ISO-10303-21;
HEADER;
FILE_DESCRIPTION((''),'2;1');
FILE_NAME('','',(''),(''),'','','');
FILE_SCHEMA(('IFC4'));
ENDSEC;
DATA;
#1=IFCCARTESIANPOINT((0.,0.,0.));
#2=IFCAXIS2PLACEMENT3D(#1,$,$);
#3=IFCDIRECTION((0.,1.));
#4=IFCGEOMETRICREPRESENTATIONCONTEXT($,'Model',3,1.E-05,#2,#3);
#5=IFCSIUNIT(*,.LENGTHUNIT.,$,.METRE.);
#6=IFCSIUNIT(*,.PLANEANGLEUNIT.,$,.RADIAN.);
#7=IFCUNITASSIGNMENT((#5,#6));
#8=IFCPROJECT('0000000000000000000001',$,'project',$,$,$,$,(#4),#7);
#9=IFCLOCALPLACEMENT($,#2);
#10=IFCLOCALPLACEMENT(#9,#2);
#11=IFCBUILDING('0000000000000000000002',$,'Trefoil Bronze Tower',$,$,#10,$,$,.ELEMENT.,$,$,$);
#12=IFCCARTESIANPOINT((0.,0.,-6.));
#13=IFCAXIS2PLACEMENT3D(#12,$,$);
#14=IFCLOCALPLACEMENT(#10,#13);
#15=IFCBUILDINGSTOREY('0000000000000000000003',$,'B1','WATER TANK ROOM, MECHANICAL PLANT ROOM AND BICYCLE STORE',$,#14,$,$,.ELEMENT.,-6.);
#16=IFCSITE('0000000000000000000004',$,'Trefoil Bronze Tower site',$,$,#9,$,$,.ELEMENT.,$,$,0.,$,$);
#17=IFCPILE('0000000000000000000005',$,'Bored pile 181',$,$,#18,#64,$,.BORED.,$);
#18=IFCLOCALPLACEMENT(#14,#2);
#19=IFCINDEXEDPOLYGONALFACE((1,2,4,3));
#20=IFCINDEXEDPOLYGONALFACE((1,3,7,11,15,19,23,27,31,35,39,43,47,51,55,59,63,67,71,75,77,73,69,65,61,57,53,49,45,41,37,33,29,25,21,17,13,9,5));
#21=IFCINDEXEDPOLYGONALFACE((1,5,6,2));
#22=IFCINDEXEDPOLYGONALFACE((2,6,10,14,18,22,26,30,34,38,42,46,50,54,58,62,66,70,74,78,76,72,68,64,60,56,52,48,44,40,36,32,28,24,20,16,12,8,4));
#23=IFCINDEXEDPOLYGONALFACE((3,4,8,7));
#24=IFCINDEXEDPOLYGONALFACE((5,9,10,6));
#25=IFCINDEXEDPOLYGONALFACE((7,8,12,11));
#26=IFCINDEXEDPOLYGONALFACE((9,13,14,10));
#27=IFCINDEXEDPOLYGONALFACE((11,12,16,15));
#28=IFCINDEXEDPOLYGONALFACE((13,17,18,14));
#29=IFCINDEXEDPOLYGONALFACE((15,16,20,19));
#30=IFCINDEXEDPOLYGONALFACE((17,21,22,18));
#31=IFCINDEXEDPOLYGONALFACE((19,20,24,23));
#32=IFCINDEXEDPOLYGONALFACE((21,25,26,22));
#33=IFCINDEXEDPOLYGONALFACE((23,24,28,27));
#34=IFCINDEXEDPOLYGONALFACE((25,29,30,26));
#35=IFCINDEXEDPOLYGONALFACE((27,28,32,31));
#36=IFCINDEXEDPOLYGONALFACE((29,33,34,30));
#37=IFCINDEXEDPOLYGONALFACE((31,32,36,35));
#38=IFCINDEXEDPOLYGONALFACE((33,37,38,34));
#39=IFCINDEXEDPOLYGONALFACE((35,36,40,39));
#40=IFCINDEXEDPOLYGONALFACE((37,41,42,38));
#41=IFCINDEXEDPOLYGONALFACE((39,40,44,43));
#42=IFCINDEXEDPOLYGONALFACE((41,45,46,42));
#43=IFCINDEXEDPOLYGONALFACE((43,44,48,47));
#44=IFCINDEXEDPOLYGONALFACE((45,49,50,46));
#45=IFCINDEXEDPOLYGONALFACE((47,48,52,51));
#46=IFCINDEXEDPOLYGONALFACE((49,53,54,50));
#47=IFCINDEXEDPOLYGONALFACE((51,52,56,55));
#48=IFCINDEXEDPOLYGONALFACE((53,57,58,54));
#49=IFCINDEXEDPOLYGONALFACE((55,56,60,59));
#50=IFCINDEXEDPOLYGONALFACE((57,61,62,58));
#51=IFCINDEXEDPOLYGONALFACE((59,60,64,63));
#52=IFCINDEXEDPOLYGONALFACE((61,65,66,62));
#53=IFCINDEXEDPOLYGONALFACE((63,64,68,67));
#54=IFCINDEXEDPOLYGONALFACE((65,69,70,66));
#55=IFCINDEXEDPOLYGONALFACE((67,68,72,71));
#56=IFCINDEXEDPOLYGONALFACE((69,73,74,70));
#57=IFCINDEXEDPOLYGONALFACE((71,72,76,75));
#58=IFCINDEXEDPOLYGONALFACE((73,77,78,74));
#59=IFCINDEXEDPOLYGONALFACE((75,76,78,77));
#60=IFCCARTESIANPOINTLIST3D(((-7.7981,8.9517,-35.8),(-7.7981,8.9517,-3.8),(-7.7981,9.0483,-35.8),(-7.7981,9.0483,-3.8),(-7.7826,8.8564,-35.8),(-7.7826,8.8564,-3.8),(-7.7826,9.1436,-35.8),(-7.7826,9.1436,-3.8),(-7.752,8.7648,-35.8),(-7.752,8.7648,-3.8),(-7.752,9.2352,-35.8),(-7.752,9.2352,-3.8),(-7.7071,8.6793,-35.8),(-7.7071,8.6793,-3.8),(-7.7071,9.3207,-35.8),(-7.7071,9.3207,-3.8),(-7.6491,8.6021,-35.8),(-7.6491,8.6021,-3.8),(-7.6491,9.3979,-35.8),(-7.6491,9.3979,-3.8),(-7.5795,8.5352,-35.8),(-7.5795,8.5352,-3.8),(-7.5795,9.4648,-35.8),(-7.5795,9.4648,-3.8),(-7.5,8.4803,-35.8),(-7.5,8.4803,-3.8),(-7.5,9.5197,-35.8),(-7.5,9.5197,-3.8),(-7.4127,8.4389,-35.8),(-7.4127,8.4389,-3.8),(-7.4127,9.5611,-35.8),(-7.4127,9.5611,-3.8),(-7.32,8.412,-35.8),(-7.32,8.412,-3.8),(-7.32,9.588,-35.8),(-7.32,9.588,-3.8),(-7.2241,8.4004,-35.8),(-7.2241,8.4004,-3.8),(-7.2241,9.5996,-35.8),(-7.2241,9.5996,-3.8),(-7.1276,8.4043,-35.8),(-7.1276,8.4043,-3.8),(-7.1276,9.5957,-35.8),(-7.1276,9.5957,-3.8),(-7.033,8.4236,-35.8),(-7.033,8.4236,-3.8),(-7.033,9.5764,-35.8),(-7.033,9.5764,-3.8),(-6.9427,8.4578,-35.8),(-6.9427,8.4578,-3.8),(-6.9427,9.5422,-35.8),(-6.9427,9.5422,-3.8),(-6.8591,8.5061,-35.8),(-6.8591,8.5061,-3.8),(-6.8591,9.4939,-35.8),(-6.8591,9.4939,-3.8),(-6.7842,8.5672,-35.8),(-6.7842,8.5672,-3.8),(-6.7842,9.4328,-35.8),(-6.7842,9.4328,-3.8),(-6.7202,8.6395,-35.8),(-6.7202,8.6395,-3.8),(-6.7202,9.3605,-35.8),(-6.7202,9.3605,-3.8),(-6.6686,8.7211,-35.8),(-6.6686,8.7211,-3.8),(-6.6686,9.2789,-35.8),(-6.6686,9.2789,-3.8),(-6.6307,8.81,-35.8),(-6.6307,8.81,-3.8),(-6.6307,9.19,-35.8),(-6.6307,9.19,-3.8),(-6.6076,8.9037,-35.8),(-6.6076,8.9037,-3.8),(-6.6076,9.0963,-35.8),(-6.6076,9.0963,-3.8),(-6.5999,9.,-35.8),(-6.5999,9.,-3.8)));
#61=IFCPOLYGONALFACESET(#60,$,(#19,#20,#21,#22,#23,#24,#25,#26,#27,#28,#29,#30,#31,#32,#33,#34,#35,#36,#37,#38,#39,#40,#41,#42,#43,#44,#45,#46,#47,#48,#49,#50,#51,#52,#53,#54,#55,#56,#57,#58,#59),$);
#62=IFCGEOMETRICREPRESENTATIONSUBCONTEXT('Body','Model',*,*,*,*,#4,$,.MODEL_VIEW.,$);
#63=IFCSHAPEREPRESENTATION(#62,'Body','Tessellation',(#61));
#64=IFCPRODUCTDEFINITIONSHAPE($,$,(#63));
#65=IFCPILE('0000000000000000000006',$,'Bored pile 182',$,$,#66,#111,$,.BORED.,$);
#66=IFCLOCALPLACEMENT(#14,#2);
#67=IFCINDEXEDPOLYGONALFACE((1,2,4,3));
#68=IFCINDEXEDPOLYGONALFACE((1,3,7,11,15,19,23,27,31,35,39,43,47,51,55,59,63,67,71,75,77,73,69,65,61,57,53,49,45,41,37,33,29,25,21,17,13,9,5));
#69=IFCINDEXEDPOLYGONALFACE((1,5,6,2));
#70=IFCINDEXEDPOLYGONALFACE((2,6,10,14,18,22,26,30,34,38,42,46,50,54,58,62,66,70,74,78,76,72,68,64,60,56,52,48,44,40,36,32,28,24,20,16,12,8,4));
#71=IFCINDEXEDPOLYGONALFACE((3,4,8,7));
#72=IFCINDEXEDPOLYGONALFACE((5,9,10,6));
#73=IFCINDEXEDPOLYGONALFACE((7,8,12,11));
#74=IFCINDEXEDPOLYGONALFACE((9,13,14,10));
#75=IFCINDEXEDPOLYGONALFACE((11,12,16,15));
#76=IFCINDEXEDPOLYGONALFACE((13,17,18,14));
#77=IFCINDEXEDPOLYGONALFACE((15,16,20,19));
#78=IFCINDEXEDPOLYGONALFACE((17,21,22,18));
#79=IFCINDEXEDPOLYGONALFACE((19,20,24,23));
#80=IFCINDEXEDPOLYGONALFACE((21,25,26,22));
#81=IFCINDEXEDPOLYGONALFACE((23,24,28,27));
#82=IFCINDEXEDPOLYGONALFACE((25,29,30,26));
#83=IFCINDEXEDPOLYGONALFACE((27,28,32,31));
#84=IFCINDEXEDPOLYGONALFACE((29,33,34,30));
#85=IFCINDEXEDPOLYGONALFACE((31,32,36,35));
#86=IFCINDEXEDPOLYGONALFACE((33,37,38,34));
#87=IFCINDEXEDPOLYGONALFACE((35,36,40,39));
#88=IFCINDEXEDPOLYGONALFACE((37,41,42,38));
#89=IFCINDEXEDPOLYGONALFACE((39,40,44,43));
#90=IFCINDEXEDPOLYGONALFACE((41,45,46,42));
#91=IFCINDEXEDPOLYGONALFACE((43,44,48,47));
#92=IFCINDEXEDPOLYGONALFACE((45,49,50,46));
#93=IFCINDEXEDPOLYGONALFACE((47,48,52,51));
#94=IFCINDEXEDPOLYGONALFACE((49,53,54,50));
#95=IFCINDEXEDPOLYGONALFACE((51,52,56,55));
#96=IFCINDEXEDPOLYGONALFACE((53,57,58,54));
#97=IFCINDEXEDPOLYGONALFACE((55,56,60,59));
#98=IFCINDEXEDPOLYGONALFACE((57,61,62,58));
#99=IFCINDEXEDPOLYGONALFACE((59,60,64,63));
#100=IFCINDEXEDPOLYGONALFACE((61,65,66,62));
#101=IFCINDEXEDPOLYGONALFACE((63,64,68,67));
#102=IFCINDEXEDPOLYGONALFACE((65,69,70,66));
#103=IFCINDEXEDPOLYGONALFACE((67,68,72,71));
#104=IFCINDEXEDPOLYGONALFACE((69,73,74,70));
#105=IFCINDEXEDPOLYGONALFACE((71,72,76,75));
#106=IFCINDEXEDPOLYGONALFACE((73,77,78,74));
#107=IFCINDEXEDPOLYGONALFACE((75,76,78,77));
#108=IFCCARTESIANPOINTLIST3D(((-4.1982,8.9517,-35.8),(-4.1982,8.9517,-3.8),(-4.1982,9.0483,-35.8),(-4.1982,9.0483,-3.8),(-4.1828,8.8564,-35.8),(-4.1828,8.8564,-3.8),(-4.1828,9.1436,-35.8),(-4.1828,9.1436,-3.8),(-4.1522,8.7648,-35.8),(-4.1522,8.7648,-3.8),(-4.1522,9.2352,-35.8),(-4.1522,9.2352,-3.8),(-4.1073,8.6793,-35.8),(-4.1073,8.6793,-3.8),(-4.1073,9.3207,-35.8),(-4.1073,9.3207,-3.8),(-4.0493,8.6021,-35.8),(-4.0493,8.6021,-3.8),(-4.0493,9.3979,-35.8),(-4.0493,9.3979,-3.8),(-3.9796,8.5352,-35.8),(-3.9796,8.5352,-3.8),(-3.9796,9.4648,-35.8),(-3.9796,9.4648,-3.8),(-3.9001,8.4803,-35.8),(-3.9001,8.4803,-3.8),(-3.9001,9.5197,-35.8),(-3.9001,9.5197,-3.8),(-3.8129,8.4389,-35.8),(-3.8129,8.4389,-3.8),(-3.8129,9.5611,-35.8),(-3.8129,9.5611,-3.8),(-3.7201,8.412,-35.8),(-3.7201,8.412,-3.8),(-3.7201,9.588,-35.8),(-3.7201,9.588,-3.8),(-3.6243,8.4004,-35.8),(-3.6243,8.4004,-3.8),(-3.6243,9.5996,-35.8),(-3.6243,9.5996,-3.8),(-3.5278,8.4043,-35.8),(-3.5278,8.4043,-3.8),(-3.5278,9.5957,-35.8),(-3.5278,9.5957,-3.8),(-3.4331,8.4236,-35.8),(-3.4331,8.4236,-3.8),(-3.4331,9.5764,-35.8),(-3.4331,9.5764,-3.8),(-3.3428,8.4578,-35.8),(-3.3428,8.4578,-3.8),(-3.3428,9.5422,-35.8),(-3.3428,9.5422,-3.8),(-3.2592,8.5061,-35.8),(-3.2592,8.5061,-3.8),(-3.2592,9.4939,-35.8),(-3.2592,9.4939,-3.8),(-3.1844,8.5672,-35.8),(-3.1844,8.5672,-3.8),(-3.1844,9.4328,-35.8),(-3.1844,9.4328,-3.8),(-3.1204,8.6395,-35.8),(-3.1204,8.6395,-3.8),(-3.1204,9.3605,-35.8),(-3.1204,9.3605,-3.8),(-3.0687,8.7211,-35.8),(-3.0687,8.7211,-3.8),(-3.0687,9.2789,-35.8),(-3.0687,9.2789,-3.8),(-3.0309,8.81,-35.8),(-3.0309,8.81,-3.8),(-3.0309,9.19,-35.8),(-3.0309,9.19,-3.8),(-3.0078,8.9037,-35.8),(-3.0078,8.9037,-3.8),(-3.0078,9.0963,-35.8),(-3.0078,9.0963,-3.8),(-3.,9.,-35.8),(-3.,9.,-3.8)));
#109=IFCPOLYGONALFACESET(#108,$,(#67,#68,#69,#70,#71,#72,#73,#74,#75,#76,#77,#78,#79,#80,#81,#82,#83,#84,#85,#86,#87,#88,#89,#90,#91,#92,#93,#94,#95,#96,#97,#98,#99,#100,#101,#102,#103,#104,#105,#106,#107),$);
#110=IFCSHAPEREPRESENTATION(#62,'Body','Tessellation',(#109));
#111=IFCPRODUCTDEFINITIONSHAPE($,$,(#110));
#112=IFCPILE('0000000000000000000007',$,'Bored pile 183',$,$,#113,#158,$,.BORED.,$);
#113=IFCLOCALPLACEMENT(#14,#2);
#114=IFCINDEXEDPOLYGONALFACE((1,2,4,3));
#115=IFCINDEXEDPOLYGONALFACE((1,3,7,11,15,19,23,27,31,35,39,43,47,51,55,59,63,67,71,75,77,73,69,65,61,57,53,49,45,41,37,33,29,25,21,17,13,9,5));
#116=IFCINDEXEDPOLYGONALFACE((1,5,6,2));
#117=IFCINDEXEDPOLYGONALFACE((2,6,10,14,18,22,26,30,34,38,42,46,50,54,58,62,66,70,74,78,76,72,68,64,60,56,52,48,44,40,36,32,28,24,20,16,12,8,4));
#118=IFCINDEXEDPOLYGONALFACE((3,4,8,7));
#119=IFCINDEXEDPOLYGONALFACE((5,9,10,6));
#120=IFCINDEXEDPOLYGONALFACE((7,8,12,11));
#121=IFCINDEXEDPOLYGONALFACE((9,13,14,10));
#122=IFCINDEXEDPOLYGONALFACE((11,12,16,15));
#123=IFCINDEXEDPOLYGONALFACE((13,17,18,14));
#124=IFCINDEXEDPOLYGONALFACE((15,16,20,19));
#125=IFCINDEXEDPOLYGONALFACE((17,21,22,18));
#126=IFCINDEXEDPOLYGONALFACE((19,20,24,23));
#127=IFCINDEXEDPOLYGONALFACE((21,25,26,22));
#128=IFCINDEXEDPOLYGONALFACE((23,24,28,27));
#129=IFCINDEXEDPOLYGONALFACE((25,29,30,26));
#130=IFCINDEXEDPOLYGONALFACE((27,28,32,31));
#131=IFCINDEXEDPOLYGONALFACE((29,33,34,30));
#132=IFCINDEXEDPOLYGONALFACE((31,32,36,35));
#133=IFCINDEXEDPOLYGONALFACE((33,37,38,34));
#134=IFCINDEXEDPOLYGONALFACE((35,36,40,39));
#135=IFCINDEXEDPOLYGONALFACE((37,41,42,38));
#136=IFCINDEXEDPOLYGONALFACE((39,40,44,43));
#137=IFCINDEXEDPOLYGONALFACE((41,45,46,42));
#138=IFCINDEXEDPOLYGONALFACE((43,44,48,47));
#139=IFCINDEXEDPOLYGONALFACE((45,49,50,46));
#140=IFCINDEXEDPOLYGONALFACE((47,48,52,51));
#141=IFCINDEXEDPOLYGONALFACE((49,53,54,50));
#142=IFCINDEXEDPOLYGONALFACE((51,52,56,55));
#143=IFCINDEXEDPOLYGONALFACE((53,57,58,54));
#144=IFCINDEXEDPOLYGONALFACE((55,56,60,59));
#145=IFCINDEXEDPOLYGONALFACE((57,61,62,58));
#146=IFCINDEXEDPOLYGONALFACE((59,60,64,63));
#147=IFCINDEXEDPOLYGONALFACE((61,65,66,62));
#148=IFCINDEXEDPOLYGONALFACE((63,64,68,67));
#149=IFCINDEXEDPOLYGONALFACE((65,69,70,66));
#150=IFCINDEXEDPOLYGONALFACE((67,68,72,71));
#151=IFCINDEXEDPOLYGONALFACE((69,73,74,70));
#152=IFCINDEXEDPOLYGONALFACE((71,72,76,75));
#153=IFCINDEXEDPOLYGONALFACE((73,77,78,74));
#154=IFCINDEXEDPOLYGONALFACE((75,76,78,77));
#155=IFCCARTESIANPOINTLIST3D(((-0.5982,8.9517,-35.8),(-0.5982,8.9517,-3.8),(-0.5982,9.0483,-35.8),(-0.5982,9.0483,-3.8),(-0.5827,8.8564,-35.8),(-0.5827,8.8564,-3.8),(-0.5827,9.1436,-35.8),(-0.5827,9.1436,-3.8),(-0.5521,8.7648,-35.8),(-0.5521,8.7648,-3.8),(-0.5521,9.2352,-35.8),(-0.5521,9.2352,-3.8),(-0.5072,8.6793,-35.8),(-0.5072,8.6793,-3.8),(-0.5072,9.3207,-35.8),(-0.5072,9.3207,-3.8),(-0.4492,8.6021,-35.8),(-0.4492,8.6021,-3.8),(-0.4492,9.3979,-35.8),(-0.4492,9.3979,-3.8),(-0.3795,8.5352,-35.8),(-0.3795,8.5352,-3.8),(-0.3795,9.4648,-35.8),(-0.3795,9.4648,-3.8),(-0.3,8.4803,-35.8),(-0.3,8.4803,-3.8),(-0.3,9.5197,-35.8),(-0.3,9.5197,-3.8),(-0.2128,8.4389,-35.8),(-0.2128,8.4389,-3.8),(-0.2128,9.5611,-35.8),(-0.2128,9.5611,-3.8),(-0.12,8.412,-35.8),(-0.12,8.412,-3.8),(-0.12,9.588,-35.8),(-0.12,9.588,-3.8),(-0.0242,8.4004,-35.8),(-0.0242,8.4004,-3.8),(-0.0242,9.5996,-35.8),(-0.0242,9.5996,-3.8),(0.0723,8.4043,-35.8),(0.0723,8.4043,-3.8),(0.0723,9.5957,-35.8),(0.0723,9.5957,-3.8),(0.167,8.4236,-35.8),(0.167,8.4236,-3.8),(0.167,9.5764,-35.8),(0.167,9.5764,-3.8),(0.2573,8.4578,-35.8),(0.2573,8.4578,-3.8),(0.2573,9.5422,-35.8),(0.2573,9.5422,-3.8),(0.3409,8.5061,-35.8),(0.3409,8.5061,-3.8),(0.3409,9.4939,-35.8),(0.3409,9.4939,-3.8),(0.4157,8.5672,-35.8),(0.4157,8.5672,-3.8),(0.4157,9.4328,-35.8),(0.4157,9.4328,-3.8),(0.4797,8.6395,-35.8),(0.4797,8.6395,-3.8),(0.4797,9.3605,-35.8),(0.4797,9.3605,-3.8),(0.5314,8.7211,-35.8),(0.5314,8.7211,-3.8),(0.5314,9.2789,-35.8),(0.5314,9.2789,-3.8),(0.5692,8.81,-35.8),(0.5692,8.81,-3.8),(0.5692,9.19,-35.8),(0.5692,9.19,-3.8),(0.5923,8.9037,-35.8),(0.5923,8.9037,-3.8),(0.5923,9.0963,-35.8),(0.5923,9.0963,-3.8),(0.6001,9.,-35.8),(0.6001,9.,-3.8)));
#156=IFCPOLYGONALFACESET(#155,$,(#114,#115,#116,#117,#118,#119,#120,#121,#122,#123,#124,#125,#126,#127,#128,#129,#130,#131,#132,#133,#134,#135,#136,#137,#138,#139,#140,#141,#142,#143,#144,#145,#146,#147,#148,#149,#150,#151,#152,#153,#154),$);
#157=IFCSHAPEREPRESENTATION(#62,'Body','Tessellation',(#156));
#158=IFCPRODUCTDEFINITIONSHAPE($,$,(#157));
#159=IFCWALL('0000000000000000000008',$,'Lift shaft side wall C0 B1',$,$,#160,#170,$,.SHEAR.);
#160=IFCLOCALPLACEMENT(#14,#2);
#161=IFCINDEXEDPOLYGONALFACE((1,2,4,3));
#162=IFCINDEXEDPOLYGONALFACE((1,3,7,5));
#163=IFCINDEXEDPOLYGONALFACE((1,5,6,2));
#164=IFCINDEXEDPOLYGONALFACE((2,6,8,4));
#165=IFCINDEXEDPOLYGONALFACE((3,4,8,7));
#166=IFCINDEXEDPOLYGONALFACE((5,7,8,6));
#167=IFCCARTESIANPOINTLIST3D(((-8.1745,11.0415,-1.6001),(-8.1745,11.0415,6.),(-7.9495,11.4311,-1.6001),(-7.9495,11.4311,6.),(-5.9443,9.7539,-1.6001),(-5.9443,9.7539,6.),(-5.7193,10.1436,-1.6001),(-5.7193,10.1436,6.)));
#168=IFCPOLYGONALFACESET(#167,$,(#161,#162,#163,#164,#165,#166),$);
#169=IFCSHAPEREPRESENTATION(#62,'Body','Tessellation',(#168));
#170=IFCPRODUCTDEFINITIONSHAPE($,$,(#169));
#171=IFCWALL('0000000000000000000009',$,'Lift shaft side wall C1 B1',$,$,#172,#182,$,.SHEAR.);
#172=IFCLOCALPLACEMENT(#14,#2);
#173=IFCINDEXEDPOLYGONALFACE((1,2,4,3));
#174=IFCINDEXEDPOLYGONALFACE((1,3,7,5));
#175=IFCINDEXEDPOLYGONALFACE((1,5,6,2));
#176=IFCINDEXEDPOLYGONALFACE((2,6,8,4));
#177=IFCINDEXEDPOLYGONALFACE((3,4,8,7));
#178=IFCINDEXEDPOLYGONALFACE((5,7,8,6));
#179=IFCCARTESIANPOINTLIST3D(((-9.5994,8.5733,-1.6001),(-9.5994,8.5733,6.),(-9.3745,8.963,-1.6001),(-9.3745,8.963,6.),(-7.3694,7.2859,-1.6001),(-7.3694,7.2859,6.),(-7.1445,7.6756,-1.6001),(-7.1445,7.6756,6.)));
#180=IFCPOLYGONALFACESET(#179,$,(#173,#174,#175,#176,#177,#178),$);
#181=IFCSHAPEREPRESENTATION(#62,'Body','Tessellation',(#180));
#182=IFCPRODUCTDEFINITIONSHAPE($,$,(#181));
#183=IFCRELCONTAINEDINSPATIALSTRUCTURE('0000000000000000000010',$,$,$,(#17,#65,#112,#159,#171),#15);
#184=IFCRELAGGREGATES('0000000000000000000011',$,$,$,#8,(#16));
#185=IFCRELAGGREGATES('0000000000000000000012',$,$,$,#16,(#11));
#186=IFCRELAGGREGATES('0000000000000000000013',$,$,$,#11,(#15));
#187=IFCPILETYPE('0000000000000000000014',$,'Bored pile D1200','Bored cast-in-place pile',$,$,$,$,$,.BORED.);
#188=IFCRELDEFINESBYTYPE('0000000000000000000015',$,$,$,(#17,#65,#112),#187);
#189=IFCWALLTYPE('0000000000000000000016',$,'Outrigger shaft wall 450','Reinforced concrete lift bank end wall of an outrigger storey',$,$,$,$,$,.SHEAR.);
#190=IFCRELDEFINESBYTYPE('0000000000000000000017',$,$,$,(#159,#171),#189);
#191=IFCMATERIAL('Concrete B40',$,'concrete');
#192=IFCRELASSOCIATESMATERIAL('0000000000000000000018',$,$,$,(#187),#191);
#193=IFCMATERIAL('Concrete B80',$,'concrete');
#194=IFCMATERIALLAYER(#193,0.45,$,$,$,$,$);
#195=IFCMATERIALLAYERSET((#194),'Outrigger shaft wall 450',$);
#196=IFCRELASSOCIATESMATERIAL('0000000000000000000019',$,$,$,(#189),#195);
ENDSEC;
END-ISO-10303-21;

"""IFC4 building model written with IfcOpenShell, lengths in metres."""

from ifc_helpers import new_model, si_unit, direction, frame, frame_2d, origin, origin_2d, place, context, subcontext, project, spatial, rectangle, circle, extrude, material, layer, layer_set, type_object, element, save


model = new_model("IFC4")

# Units and contexts
model_context = context("Model", 3, precision=1e-05, world=origin(), true_north=direction((0.0, 1.0)))
body_context = subcontext(model_context, "Body", "Model", "MODEL_VIEW")
ifc_project = project(units=[si_unit("LENGTHUNIT", "METRE"), si_unit("PLANEANGLEUNIT", "RADIAN")], contexts=[model_context])

# Site, building, storey
site_placement = place(None, origin())
site = spatial("IfcSite", under=ifc_project, at=site_placement, Name="Trefoil Bronze Tower site", CompositionType="ELEMENT", RefElevation=0.0)
building_placement = place(site_placement, origin())
building = spatial("IfcBuilding", under=site, at=building_placement, Name="Trefoil Bronze Tower", CompositionType="ELEMENT")
storey_placement = place(building_placement, frame((0.0, 0.0, -6.0)))
storey = spatial("IfcBuildingStorey", under=building, at=storey_placement, Name="B1", Description="WATER TANK ROOM, MECHANICAL PLANT ROOM AND BICYCLE STORE", CompositionType="ELEMENT", Elevation=-6.0)

# Piles
ifc_material_1 = material(Name="Concrete B40", Category="concrete")
pile_type = type_object("IfcPileType", Name="Bored pile D1200", Description="Bored cast-in-place pile", PredefinedType="BORED", material=ifc_material_1)
for number, where, z_axis, x_axis, name in (
    (1, (-7.2, 9.0, -3.8), (0.0, 0.0, -1.0), (1.0, 0.0, 0.0), "Bored pile 181"),
    (2, (-3.6001, 9.0, -3.8), (0.0, 0.0, -1.0), (1.0, 0.0, 0.0), "Bored pile 182"),
    (3, (0.0, 9.0, -3.8), (0.0, 0.0, -1.0), (1.0, 0.0, 0.0), "Bored pile 183"),
):
    element("IfcPile", number, at=place(storey_placement, frame(where, z_axis=z_axis, x_axis=x_axis)), inside=storey, type_object=pile_type, Name=name, PredefinedType="BORED", context=body_context, shape_type="SweptSolid", body=[
        extrude(circle(Radius=0.6001, at=origin_2d()), origin(), (0.0, 0.0, 1.0), 32.0),
    ])

# Walls
ifc_material_2 = material(Name="Concrete B80", Category="concrete")
ifc_layer_1 = layer(ifc_material_2, 0.45)
ifc_layer_set_1 = layer_set([ifc_layer_1], Name="Outrigger shaft wall 450")
wall_type_1 = type_object("IfcWallType", Name="Outrigger shaft wall 450", Description="Reinforced concrete lift bank end wall of an outrigger storey", PredefinedType="SHEAR", material=ifc_layer_set_1)
wall_1_placement = place(storey_placement, frame((-5.8318, 9.9487, -1.6001), z_axis=(0.0, 0.0, 1.0), x_axis=(-0.866029, 0.499993, 0.0)))
element("IfcWall", 4, at=wall_1_placement, inside=storey, type_object=wall_type_1, Name="Lift shaft side wall C0 B1", PredefinedType="SHEAR", context=body_context, shape_type="SweptSolid", body=[
    extrude(rectangle(XDim=2.5752, YDim=0.45, at=frame_2d((1.2876, 0.0))), origin(), (0.0, 0.0, 1.0), 7.6001),
])
wall_2_placement = place(storey_placement, frame((-7.2568, 7.4807, -1.6001), z_axis=(0.0, 0.0, 1.0), x_axis=(-0.866047, 0.499963, 0.0)))
element("IfcWall", 5, at=wall_2_placement, inside=storey, type_object=wall_type_1, Name="Lift shaft side wall C1 B1", PredefinedType="SHEAR", context=body_context, shape_type="SweptSolid", body=[
    extrude(rectangle(XDim=2.575, YDim=0.45, at=frame_2d((1.2876, 0.0))), origin(), (0.0, 0.0, 1.0), 7.6001),
])

save(model, "model.ifc")
